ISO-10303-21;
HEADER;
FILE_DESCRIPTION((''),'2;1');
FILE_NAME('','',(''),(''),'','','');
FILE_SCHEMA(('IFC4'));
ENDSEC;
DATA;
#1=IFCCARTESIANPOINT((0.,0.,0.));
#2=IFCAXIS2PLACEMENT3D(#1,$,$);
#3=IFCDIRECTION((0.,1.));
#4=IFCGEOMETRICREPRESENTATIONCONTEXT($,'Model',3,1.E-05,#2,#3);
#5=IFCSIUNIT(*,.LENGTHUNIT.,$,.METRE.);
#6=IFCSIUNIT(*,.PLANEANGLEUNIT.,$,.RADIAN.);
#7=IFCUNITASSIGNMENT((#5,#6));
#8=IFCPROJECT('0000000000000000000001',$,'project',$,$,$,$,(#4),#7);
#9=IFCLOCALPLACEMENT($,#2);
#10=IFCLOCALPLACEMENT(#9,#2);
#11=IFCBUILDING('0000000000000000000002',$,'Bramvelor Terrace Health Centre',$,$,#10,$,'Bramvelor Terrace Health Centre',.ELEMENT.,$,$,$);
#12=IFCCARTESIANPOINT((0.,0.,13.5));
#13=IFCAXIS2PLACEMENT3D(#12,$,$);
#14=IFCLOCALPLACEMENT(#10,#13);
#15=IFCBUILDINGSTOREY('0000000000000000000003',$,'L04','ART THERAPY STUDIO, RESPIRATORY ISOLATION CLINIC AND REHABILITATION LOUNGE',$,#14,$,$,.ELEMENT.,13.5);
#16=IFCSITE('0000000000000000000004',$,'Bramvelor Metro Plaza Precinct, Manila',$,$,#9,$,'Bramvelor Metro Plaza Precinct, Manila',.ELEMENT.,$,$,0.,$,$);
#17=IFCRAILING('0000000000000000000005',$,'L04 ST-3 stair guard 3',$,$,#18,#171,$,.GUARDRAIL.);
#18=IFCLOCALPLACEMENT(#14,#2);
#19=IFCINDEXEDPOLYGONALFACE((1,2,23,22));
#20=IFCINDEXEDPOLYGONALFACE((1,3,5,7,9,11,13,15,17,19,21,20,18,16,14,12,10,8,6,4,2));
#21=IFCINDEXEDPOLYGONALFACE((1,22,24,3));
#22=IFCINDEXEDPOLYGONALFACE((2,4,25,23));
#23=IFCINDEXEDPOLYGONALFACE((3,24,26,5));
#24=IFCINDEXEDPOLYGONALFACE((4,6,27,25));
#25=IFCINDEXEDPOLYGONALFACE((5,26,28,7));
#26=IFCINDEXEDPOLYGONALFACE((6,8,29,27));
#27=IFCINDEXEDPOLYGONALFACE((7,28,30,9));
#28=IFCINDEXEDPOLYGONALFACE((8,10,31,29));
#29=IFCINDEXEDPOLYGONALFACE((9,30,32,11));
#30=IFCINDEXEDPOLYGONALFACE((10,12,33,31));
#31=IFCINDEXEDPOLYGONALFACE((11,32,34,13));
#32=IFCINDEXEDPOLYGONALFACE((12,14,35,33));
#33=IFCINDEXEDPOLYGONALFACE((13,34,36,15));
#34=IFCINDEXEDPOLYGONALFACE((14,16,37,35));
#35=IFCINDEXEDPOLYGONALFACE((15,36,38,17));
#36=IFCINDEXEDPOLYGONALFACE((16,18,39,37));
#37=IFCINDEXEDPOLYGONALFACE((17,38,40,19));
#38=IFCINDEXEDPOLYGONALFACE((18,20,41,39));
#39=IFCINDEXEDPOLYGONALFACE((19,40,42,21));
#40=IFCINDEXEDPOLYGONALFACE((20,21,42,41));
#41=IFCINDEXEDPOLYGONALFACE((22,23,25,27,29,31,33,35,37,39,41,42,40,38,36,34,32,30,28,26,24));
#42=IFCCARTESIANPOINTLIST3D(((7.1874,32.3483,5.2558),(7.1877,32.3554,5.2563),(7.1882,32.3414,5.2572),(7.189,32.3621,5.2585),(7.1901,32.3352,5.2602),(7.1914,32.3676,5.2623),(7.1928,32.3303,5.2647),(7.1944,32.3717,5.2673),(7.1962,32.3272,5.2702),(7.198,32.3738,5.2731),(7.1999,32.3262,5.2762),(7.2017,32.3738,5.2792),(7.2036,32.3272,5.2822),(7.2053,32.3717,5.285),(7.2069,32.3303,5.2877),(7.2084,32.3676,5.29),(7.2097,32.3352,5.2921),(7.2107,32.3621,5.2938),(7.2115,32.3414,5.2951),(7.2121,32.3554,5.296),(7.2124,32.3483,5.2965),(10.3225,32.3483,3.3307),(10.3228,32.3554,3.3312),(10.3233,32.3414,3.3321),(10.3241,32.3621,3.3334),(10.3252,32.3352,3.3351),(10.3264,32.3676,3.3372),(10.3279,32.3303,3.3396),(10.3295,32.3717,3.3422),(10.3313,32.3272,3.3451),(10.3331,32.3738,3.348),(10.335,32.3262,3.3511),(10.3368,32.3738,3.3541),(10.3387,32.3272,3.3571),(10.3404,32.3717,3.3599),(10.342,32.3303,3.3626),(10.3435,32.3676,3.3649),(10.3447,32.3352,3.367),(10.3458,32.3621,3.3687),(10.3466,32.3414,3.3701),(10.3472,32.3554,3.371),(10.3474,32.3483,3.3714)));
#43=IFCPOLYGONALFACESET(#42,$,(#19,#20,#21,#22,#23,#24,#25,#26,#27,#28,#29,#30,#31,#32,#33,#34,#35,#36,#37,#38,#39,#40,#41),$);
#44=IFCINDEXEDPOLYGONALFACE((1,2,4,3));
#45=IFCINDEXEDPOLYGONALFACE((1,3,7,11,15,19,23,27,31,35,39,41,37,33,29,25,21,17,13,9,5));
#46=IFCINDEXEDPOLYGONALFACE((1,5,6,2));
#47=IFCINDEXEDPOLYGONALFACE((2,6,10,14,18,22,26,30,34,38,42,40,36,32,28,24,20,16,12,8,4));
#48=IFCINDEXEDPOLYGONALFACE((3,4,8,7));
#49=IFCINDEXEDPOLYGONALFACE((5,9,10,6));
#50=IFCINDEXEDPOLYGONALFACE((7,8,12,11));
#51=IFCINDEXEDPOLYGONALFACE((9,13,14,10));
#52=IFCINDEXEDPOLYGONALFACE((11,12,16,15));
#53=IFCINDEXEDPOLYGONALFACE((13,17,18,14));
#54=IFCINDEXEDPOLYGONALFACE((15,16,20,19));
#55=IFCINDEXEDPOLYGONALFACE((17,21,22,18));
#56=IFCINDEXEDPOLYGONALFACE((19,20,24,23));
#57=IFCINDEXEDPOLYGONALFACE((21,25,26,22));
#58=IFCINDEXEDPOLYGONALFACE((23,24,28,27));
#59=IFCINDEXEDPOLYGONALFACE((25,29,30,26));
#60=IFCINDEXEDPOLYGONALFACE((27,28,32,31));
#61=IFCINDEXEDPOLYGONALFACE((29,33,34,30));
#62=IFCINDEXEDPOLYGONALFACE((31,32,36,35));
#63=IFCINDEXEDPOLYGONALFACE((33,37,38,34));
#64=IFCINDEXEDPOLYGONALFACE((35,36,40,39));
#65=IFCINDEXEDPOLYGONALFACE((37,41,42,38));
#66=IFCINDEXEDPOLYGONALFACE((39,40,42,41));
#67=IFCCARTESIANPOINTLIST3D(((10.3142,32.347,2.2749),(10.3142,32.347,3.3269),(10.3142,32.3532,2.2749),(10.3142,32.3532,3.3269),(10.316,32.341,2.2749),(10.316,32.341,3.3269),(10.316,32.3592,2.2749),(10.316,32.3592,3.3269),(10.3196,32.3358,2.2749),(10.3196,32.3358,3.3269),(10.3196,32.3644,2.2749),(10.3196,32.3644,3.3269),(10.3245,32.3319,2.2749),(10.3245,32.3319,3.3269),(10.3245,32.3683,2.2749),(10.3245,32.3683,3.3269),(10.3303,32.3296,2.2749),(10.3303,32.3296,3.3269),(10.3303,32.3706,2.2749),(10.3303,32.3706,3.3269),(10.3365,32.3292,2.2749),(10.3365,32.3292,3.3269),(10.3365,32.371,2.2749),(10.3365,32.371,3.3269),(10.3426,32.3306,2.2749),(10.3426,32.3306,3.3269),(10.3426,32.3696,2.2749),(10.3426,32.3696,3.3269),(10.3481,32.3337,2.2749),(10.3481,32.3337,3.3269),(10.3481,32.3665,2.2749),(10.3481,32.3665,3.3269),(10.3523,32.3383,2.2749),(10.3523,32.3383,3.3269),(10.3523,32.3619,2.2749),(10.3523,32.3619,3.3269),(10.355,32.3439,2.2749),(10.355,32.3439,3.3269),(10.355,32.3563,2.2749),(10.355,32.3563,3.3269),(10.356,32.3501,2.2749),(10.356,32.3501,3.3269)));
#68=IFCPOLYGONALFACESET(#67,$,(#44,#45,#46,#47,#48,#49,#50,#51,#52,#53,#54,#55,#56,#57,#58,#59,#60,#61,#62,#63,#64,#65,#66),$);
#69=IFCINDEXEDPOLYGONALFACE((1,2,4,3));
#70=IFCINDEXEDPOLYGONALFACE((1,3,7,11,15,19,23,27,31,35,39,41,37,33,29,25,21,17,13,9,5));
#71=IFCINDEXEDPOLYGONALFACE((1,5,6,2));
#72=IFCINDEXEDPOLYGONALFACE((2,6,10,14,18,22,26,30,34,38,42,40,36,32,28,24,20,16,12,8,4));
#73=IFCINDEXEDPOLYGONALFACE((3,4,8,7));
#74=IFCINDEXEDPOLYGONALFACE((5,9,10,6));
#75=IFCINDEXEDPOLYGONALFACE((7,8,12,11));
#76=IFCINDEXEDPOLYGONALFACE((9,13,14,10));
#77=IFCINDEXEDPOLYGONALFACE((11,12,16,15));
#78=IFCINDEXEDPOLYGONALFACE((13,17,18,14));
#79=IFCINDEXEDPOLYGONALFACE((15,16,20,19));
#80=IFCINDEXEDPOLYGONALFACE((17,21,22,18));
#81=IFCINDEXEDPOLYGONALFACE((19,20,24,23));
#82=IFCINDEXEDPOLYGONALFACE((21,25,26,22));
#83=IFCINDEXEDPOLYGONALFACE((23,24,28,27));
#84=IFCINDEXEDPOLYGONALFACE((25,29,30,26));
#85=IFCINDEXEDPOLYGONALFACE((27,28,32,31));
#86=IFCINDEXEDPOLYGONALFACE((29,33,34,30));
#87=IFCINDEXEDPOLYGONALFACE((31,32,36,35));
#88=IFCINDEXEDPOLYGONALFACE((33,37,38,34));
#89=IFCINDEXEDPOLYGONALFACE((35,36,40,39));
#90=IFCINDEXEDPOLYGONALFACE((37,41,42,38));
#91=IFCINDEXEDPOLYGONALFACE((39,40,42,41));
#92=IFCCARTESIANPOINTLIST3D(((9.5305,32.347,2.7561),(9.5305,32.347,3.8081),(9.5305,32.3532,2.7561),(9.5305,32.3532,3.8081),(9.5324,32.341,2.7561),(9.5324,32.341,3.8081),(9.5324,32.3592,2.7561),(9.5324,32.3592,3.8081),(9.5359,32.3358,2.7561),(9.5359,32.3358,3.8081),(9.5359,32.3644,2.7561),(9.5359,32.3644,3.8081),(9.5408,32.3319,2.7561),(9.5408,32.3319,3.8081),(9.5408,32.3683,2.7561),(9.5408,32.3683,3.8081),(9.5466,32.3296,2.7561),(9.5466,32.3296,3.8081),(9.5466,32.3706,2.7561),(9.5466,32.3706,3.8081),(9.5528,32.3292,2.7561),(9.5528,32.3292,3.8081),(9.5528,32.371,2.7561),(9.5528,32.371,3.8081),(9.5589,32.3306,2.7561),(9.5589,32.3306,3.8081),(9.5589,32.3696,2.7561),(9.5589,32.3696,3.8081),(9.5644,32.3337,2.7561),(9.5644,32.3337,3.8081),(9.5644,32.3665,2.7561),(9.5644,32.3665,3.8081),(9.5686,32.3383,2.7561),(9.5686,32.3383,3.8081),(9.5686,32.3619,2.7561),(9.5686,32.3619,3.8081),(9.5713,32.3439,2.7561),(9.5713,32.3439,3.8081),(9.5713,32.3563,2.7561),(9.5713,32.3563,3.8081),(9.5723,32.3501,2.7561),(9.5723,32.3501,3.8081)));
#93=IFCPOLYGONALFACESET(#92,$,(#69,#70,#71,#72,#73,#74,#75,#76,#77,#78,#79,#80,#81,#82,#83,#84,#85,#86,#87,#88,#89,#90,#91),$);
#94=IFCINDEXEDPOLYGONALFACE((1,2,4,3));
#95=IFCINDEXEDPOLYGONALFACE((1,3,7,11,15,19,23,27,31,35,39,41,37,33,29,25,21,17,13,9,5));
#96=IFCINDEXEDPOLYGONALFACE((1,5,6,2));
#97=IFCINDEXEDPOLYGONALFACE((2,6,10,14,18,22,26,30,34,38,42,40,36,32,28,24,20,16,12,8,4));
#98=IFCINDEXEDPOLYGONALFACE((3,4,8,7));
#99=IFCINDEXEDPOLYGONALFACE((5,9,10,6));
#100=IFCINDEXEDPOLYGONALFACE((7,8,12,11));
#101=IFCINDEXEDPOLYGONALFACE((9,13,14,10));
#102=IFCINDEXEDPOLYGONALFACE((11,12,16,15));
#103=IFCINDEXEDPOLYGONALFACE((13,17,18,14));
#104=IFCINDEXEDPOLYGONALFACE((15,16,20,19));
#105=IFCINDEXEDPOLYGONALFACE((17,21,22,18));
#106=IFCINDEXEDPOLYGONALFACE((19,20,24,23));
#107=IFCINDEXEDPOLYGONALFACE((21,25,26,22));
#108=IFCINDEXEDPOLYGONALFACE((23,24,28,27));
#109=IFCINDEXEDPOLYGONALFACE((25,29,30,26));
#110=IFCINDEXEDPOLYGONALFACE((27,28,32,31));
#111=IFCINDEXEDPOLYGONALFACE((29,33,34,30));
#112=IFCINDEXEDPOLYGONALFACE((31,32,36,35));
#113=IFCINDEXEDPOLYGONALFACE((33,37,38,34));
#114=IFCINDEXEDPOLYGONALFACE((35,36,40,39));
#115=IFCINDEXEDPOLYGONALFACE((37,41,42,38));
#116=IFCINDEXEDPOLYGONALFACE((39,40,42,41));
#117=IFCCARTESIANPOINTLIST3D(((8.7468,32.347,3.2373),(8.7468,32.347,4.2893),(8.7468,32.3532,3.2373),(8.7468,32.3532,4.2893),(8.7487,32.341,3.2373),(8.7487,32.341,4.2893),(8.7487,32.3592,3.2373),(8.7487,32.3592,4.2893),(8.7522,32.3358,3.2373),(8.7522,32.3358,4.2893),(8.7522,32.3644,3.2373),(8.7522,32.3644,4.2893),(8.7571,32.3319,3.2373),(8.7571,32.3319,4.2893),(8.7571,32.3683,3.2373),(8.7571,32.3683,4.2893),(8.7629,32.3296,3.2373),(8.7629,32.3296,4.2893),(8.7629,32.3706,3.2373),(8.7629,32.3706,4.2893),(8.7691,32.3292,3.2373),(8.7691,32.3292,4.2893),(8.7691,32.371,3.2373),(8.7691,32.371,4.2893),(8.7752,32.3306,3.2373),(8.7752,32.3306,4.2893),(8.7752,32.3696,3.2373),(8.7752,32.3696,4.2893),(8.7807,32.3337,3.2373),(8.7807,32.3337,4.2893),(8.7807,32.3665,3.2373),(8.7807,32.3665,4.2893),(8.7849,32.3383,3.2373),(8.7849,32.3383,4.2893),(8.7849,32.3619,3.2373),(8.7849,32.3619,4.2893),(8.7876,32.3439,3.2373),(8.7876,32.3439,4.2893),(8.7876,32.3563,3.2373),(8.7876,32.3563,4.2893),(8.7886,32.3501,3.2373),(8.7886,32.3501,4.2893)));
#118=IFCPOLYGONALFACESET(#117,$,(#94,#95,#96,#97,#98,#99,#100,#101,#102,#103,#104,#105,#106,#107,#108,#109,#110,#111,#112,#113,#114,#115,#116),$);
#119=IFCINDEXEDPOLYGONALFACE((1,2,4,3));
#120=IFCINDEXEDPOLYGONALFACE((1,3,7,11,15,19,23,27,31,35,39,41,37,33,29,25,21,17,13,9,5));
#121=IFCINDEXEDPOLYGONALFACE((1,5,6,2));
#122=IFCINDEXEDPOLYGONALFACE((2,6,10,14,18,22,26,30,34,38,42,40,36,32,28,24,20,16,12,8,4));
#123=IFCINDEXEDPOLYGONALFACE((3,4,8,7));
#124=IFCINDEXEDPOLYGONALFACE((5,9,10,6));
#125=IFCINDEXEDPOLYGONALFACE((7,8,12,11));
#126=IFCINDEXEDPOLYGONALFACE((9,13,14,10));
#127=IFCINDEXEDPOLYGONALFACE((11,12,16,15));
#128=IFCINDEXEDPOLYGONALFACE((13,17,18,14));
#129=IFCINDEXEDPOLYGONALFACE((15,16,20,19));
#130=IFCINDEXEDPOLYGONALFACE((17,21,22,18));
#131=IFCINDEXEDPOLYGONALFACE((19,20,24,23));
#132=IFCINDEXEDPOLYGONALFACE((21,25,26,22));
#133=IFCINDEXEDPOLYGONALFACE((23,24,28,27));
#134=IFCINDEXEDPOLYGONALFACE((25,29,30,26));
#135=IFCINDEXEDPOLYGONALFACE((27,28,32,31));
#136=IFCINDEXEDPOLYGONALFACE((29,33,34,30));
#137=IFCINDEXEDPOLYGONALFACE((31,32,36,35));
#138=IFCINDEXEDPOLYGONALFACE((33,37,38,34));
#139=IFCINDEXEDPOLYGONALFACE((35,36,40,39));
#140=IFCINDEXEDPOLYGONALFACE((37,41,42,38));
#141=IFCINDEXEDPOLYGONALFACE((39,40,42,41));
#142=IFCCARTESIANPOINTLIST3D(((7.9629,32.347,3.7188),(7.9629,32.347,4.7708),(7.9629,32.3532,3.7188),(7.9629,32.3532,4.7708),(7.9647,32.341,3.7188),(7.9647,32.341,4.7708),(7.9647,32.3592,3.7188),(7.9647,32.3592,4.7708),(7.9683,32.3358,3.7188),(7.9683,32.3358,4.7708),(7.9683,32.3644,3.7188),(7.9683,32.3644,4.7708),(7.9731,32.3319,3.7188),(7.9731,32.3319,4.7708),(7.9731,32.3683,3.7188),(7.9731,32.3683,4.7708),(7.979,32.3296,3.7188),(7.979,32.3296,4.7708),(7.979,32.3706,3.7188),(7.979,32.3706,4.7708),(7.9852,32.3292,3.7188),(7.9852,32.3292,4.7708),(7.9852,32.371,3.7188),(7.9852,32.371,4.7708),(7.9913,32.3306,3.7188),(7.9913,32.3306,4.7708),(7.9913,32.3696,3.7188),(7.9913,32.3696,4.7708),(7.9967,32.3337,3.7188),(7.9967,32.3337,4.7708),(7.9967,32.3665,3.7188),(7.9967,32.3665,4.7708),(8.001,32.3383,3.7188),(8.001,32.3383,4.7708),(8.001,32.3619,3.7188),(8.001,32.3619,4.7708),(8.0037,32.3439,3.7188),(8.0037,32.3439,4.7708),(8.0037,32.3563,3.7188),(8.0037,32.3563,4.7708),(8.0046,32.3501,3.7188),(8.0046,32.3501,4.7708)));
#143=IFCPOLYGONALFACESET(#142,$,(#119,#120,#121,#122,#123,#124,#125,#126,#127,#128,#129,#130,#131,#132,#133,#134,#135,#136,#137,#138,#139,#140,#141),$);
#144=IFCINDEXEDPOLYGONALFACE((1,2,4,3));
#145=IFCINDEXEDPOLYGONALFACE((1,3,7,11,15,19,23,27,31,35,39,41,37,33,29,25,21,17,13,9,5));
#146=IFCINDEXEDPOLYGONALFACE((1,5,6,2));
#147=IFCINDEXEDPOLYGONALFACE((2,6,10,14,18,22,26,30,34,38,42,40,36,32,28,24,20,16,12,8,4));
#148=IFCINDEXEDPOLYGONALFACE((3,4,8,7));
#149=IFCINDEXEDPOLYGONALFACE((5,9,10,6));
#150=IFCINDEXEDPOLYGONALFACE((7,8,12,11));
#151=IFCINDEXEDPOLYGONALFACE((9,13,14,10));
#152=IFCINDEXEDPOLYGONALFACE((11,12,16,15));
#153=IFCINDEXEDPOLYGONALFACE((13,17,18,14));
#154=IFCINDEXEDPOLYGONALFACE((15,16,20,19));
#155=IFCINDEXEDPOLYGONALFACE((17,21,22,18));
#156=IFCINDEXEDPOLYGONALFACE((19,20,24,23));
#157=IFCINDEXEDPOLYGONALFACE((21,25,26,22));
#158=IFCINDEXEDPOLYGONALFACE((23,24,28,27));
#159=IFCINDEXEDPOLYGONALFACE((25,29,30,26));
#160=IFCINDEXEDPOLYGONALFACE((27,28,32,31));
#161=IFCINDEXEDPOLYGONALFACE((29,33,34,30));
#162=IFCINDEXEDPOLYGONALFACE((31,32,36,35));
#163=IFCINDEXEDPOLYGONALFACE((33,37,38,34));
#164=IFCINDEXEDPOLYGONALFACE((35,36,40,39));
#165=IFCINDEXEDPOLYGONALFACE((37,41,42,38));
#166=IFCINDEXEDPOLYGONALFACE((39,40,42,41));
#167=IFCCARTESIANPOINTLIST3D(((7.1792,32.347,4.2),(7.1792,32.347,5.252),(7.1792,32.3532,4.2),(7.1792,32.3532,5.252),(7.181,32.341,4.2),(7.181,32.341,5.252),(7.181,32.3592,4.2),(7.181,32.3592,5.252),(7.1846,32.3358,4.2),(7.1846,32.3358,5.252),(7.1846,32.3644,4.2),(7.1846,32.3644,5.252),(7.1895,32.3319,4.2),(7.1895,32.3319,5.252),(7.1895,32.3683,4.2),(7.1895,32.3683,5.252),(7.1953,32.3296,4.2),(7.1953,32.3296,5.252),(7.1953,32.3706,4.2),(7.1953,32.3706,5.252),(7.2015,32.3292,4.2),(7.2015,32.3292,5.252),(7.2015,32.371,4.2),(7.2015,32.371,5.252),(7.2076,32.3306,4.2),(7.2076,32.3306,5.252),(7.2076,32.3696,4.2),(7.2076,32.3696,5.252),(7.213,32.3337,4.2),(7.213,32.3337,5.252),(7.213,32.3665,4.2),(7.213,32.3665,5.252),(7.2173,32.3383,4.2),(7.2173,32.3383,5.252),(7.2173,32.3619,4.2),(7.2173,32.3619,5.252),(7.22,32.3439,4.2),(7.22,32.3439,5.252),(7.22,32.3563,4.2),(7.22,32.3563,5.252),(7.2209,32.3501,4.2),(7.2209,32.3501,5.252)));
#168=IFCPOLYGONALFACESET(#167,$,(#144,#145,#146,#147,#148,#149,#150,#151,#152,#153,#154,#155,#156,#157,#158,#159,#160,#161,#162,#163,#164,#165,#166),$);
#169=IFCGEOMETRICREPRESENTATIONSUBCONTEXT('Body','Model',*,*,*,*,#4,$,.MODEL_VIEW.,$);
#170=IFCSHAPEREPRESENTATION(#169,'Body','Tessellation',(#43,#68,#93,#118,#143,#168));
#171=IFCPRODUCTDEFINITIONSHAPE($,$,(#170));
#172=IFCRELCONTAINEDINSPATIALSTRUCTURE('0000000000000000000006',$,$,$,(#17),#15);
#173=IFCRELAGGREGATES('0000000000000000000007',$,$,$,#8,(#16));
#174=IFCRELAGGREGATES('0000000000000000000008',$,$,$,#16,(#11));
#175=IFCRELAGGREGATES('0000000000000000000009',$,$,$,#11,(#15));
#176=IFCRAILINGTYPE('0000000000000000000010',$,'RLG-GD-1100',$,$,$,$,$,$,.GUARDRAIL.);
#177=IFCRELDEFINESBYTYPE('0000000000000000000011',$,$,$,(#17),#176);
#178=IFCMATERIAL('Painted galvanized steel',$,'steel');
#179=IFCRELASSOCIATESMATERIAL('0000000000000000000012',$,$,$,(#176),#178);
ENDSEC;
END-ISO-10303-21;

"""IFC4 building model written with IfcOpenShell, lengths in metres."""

from ifc_helpers import new_model, si_unit, direction, frame, origin, origin_2d, place, context, subcontext, project, spatial, circle, extrude, material, type_object, element, save


model = new_model("IFC4")

# Units and contexts
model_context = context("Model", 3, precision=1e-05, world=origin(), true_north=direction((0.0, 1.0)))
body_context = subcontext(model_context, "Body", "Model", "MODEL_VIEW")
ifc_project = project(units=[si_unit("LENGTHUNIT", "METRE"), si_unit("PLANEANGLEUNIT", "RADIAN")], contexts=[model_context])

# Site, building, storey
site_placement = place(None, origin())
site = spatial("IfcSite", under=ifc_project, at=site_placement, Name="Bramvelor Metro Plaza Precinct, Manila", LongName="Bramvelor Metro Plaza Precinct, Manila", CompositionType="ELEMENT", RefElevation=0.0)
building_placement = place(site_placement, origin())
building = spatial("IfcBuilding", under=site, at=building_placement, Name="Bramvelor Terrace Health Centre", LongName="Bramvelor Terrace Health Centre", CompositionType="ELEMENT")
storey_placement = place(building_placement, frame((0.0, 0.0, 13.5)))
storey = spatial("IfcBuildingStorey", under=building, at=storey_placement, Name="L04", Description="ART THERAPY STUDIO, RESPIRATORY ISOLATION CLINIC AND REHABILITATION LOUNGE", CompositionType="ELEMENT", Elevation=13.5)

# Railing
ifc_material_1 = material(Name="Painted galvanized steel", Category="steel")
railing_type_1 = type_object("IfcRailingType", Name="RLG-GD-1100", PredefinedType="GUARDRAIL", material=ifc_material_1)
railing_1_placement = place(storey_placement, frame((10.335, 32.3501, 2.2749)))
element("IfcRailing", 1, at=railing_1_placement, inside=storey, type_object=railing_type_1, Name="L04 ST-3 stair guard 3", PredefinedType="GUARDRAIL", context=body_context, shape_type="SweptSolid", body=[
    extrude(circle(Radius=0.0239, at=origin_2d()), frame((0.0, 0.0, 1.0762), z_axis=(-0.852166, 0.0, 0.523271), x_axis=(0.0, -1.0, 0.0)), (0.0, 0.0, 1.0), 3.679),
    extrude(circle(Radius=0.021, at=origin_2d()), origin(), (0.0, 0.0, 1.0), 1.052),
    extrude(circle(Radius=0.021, at=origin_2d()), frame((-0.7837, 0.0, 0.4812)), (0.0, 0.0, 1.0), 1.052),
    extrude(circle(Radius=0.021, at=origin_2d()), frame((-1.5674, 0.0, 0.9624)), (0.0, 0.0, 1.0), 1.052),
    extrude(circle(Radius=0.021, at=origin_2d()), frame((-2.3513, 0.0, 1.4438)), (0.0, 0.0, 1.0), 1.052),
    extrude(circle(Radius=0.021, at=origin_2d()), frame((-3.135, 0.0, 1.925)), (0.0, 0.0, 1.0), 1.052),
])

save(model, "model.ifc")
